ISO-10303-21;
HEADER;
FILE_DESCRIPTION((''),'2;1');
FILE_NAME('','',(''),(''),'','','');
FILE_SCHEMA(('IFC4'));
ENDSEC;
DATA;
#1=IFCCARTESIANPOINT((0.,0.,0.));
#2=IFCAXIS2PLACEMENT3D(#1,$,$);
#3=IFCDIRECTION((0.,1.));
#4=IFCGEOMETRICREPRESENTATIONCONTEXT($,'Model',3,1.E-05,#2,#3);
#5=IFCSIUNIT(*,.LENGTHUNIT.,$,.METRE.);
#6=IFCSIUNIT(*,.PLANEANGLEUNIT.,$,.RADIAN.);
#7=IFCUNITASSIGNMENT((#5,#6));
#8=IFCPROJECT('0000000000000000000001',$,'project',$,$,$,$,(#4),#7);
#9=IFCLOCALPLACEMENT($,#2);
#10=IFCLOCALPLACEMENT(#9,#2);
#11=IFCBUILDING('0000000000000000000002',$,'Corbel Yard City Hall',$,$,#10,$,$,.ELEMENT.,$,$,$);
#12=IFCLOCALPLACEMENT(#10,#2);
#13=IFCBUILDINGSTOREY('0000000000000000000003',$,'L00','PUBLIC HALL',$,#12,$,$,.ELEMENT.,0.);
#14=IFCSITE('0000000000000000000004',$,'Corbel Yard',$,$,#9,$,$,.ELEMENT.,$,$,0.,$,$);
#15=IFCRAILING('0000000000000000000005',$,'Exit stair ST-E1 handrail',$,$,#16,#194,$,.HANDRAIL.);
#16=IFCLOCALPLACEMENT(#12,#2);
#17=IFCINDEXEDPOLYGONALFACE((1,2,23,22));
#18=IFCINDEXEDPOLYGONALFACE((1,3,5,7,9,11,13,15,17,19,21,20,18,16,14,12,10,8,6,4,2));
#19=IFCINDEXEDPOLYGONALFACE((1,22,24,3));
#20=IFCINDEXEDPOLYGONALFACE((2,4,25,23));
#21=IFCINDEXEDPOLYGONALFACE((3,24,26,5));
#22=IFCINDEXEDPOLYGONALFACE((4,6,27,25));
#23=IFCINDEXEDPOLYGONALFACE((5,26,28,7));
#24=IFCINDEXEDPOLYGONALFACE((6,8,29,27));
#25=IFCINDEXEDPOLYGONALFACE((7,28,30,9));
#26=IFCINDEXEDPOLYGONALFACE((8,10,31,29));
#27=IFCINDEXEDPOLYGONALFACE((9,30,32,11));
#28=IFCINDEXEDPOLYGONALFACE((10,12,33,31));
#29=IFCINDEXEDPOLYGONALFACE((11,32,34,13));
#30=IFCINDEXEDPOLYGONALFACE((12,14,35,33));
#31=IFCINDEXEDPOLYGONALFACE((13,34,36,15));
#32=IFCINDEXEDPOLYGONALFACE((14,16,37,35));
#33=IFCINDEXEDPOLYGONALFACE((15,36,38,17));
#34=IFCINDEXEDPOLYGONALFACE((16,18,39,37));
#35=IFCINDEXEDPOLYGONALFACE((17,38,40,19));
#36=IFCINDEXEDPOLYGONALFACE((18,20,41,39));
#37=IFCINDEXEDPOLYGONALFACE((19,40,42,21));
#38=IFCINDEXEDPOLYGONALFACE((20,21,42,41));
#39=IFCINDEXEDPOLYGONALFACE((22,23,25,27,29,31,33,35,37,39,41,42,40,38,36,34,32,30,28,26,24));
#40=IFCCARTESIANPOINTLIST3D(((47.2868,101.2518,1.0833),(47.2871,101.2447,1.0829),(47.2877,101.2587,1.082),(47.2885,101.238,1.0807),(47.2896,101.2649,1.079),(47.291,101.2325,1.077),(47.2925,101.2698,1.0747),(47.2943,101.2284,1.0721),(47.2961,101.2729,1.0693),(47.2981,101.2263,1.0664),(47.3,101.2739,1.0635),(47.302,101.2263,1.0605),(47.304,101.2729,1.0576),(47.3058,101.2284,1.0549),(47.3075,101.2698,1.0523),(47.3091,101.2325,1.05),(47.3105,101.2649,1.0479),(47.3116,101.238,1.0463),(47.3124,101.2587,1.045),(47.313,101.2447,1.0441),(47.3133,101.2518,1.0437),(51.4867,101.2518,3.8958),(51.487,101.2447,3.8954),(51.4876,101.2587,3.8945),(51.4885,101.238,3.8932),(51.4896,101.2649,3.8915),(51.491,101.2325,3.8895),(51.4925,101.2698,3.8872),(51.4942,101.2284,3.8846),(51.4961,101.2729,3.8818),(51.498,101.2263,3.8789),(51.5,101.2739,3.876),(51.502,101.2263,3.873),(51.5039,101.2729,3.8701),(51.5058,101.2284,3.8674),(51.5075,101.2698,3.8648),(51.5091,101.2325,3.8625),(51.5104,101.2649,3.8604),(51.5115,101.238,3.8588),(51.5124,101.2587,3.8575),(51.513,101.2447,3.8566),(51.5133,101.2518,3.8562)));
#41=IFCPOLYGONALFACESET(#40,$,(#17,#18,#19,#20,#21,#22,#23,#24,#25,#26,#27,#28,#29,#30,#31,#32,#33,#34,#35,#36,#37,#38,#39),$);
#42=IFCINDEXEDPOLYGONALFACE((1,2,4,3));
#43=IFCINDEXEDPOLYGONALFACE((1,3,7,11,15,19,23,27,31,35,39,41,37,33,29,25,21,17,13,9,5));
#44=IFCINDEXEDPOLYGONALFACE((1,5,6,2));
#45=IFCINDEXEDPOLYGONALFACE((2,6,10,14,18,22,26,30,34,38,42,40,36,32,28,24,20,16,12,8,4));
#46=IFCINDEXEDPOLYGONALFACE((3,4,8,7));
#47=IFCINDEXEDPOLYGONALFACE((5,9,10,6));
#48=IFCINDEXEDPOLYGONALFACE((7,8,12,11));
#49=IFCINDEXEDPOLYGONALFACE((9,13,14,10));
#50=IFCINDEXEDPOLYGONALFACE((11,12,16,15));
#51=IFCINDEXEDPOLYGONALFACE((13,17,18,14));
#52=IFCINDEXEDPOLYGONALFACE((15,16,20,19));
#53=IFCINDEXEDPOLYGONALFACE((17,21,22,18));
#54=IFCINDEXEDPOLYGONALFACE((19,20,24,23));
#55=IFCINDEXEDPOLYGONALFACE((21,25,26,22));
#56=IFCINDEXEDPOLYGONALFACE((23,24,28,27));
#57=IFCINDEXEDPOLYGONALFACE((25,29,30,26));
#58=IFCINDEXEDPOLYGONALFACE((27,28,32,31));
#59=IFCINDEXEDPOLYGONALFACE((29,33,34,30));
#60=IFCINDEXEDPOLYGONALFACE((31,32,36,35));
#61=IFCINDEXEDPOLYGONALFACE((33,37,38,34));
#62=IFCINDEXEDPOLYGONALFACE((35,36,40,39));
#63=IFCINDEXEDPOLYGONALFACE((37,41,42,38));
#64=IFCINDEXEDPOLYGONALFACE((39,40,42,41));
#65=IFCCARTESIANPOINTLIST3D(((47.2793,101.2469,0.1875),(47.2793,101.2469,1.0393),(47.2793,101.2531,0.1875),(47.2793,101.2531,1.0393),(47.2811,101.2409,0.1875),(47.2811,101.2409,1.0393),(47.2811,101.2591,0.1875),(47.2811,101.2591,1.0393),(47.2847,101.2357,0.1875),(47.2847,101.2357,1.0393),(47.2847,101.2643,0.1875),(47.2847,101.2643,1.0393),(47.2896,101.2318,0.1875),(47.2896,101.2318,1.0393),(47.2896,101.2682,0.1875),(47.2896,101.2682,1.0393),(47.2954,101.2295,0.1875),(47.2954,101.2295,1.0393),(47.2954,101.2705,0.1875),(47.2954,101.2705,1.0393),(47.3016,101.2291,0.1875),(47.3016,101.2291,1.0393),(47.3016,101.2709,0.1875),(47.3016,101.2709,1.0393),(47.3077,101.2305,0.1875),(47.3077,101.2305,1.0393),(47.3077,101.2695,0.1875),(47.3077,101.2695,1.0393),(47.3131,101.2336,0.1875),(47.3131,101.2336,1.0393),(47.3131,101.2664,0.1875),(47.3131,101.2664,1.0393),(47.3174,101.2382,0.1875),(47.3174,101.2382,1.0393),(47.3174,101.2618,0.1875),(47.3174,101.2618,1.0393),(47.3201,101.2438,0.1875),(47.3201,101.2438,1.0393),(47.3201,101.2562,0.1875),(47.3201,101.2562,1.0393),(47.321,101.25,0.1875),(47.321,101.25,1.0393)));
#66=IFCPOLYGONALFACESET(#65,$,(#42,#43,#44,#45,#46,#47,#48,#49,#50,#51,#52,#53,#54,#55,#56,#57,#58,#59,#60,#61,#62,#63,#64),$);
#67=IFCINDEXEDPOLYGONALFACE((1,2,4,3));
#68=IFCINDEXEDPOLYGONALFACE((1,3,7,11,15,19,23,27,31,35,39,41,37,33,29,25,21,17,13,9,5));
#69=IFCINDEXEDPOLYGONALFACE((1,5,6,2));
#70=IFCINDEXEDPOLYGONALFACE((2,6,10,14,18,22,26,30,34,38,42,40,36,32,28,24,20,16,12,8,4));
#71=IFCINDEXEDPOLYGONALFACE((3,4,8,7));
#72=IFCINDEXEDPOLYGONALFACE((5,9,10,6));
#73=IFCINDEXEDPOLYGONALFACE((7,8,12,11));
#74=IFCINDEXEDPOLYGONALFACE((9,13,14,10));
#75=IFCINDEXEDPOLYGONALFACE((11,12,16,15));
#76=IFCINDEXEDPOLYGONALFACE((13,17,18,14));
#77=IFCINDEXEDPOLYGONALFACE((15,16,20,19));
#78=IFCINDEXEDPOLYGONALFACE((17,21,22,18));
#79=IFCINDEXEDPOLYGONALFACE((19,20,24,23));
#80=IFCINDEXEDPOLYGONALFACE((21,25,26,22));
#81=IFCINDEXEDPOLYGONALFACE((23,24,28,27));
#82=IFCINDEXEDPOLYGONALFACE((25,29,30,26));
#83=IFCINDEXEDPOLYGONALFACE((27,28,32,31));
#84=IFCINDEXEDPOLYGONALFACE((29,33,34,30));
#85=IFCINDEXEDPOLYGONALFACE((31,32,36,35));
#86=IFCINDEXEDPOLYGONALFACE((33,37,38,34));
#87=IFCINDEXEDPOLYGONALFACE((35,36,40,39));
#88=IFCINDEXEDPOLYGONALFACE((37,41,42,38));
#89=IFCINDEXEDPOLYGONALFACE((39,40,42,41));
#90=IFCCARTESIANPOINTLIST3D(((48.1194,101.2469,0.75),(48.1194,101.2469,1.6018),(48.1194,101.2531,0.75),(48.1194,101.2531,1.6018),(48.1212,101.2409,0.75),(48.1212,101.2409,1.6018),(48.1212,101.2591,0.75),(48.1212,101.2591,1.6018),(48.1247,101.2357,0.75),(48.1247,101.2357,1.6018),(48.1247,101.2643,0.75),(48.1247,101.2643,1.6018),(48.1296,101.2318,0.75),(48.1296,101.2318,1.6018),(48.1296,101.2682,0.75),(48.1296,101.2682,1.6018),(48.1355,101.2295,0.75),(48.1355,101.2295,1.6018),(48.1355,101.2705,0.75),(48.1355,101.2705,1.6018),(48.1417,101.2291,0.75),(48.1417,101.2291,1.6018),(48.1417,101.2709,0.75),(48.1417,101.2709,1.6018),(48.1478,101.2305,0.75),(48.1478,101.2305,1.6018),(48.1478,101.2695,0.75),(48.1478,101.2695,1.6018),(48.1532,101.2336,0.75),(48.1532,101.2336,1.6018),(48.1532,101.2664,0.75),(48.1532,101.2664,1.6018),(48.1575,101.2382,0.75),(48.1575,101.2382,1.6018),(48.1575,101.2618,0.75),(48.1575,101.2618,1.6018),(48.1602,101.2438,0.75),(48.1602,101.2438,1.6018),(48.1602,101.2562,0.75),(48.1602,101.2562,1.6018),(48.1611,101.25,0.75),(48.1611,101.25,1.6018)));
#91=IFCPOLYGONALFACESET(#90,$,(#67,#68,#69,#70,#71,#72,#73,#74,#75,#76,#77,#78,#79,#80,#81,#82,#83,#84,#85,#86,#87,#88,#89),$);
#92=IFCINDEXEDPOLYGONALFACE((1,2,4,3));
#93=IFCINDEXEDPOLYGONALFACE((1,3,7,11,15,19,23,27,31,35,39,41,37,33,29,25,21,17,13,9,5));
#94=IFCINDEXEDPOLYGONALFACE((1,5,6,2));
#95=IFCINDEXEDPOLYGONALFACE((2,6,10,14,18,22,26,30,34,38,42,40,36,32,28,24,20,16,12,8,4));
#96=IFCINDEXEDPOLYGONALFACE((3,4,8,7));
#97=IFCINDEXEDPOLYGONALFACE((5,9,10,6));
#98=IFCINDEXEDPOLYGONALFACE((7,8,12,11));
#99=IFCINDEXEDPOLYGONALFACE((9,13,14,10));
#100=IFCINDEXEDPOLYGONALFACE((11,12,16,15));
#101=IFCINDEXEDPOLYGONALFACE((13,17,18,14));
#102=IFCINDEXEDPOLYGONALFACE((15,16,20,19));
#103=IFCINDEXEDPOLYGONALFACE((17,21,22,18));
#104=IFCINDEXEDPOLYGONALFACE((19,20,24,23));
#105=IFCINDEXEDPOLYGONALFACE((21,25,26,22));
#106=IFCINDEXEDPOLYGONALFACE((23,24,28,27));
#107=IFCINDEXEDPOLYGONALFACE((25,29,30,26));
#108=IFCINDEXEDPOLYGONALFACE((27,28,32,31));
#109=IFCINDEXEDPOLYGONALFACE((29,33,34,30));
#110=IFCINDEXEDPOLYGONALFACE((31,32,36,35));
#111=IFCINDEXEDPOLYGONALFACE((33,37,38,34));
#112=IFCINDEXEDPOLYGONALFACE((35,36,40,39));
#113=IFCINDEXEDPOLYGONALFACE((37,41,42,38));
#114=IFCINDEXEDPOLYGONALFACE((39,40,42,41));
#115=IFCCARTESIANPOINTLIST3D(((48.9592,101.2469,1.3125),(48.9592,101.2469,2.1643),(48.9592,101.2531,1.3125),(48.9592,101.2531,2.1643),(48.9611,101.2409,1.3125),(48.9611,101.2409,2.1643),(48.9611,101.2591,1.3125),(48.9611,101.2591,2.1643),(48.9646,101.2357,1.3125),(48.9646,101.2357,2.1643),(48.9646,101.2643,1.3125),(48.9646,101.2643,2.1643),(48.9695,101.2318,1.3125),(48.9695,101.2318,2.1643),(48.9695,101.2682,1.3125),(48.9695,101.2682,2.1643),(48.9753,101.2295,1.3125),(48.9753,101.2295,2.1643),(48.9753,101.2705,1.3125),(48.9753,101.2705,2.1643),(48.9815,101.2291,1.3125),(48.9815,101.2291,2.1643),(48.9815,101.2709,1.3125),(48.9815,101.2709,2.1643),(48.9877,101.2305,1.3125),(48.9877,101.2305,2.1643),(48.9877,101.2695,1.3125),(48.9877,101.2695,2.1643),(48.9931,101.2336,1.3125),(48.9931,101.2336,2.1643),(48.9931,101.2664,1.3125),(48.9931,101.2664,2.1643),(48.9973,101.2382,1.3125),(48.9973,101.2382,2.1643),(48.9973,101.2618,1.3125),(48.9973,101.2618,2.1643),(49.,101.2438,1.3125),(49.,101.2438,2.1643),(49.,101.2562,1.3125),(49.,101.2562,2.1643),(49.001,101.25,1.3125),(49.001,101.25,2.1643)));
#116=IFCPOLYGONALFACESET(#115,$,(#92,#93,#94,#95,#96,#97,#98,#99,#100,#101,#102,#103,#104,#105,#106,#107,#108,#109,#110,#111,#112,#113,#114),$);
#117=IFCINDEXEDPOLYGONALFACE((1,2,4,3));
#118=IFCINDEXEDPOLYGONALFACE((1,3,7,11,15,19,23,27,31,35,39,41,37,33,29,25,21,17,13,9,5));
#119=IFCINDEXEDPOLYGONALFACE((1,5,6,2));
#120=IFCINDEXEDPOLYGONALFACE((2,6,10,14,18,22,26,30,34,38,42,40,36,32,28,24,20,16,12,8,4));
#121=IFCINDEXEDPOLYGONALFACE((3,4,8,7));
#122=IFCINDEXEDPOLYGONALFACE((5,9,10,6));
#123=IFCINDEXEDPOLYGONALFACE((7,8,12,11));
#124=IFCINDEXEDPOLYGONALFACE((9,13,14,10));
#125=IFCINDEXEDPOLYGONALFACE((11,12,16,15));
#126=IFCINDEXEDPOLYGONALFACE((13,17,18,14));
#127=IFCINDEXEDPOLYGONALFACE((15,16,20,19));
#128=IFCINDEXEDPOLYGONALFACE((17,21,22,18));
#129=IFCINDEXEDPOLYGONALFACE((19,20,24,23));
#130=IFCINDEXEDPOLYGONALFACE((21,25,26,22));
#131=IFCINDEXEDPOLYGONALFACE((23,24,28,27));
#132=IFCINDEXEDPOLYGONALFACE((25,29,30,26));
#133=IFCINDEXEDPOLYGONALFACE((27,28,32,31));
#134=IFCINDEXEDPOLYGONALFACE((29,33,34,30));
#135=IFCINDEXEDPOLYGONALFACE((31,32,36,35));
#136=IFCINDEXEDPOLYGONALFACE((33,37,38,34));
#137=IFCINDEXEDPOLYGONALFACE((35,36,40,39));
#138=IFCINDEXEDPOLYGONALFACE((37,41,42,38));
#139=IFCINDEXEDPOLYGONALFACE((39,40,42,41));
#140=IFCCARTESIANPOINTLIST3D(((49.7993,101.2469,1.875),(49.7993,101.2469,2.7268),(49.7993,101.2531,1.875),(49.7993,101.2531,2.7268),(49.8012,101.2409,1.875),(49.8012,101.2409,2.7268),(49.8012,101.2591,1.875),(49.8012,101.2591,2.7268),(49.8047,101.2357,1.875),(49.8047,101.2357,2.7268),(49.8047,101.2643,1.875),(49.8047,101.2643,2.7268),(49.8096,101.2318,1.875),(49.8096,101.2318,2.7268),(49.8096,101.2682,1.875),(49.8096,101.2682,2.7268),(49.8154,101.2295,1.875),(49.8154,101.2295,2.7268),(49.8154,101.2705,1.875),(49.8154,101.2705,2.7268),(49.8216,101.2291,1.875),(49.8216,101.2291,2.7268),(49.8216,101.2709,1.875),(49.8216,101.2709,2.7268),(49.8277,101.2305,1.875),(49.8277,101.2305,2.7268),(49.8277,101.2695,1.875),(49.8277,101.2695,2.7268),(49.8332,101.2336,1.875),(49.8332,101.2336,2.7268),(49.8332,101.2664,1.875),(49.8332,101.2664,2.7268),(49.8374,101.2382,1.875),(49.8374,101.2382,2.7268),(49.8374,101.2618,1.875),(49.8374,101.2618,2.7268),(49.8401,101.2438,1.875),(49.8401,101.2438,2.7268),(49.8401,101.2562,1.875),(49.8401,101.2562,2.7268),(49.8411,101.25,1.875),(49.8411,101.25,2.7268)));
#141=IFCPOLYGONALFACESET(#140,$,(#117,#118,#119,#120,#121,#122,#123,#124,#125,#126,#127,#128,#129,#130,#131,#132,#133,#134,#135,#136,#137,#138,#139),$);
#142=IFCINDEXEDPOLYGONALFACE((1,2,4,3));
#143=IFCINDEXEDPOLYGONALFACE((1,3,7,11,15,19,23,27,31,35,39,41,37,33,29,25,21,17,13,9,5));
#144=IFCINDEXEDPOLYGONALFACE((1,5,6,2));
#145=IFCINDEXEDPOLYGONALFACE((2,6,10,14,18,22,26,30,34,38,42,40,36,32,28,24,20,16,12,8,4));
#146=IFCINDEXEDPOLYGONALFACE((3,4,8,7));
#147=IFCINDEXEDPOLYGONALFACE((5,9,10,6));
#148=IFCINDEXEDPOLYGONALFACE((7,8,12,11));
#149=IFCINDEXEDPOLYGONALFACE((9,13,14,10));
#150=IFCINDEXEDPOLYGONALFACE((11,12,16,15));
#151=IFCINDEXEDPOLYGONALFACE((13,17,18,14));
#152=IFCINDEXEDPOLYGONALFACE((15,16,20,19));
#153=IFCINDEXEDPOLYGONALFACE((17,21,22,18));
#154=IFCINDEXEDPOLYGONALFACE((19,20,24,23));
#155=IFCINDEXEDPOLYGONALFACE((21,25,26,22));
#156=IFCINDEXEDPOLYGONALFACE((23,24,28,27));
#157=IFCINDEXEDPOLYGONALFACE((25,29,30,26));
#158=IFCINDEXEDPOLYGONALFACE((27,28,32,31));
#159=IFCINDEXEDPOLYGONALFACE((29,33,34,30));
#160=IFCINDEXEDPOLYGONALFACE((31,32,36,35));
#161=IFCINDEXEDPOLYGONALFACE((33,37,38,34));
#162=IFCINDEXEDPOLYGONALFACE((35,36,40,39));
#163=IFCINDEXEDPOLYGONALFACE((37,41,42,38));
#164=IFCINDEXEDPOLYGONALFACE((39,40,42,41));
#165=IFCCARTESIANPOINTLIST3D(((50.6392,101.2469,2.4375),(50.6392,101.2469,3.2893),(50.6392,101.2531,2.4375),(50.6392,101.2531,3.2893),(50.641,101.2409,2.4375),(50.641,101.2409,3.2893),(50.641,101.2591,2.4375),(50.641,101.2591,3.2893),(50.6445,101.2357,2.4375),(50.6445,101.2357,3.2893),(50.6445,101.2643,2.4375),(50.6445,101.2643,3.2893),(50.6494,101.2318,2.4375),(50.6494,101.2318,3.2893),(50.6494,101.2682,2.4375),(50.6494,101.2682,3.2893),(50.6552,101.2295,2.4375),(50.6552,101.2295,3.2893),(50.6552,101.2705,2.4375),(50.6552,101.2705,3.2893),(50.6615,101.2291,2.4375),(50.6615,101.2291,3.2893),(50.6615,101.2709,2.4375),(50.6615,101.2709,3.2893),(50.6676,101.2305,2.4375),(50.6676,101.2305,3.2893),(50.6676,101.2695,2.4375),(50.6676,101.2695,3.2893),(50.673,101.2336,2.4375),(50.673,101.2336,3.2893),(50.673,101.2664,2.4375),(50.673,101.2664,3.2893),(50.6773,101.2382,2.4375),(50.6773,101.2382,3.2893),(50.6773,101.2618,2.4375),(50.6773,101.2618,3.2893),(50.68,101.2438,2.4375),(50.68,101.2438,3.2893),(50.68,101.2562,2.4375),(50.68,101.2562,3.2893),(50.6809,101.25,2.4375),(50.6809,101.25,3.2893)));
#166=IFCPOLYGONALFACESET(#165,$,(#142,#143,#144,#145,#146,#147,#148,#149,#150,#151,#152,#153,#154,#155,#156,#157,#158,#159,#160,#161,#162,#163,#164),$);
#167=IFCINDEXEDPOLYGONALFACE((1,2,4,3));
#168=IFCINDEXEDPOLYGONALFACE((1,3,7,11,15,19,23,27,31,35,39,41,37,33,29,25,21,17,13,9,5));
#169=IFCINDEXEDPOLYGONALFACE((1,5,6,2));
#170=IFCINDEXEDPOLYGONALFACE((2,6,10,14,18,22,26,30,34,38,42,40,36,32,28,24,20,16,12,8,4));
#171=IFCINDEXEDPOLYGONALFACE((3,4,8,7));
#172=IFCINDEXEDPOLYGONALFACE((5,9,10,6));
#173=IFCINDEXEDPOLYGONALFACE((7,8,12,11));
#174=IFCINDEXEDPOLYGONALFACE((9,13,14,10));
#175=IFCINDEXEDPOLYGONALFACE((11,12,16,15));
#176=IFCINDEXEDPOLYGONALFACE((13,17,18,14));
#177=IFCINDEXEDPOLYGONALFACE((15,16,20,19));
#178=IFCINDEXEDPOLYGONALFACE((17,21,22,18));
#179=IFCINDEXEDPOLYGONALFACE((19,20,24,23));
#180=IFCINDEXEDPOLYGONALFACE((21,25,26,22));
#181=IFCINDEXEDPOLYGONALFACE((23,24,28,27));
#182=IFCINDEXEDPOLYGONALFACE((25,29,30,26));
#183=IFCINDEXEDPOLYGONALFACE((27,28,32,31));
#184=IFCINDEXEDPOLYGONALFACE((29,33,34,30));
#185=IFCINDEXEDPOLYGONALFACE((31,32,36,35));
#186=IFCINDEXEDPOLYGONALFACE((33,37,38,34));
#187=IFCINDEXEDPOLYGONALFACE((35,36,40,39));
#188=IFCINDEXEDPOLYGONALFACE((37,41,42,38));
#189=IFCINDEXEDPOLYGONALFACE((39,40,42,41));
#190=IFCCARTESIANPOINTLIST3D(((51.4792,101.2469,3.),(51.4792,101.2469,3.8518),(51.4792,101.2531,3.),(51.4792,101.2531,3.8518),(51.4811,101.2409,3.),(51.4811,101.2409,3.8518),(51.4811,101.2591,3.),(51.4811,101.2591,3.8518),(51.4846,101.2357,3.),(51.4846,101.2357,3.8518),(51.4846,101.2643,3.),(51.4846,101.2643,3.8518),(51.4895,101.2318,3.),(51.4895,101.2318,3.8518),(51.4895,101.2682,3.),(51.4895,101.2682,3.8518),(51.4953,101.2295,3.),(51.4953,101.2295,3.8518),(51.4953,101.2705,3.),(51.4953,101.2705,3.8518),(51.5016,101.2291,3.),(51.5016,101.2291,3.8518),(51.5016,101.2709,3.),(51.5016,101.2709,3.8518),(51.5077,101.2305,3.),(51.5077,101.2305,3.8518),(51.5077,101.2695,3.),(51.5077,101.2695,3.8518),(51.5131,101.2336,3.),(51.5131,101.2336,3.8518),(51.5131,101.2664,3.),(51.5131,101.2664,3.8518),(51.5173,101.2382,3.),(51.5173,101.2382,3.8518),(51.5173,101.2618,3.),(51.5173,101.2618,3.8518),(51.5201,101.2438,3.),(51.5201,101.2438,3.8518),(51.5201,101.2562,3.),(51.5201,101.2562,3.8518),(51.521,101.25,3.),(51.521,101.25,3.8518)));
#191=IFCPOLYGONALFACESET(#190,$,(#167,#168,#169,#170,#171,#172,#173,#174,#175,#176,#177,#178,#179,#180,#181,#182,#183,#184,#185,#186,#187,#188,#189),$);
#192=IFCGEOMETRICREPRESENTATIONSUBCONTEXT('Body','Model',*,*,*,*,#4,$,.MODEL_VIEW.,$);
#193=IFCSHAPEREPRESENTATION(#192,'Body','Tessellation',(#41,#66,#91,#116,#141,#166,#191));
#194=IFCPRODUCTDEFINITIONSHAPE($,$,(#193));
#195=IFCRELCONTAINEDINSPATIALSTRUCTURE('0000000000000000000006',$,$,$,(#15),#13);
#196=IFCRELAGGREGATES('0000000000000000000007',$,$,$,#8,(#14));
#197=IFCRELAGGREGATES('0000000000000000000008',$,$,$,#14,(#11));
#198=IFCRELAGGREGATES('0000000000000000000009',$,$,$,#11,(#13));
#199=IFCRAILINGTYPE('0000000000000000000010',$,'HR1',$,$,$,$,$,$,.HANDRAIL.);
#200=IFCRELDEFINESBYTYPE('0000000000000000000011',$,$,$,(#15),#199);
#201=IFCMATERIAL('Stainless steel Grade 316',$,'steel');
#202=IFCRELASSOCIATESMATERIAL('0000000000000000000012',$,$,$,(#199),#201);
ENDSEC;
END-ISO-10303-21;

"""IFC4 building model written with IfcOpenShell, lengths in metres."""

from ifc_helpers import new_model, si_unit, direction, frame, origin, origin_2d, place, context, subcontext, project, spatial, circle, extrude, material, type_object, element, save


model = new_model("IFC4")

# Units and contexts
model_context = context("Model", 3, precision=1e-05, world=origin(), true_north=direction((0.0, 1.0)))
body_context = subcontext(model_context, "Body", "Model", "MODEL_VIEW")
ifc_project = project(units=[si_unit("LENGTHUNIT", "METRE"), si_unit("PLANEANGLEUNIT", "RADIAN")], contexts=[model_context])

# Site, building, storey
site_placement = place(None, origin())
site = spatial("IfcSite", under=ifc_project, at=site_placement, Name="Corbel Yard", CompositionType="ELEMENT", RefElevation=0.0)
building_placement = place(site_placement, origin())
building = spatial("IfcBuilding", under=site, at=building_placement, Name="Corbel Yard City Hall", CompositionType="ELEMENT")
storey_placement = place(building_placement, origin())
storey = spatial("IfcBuildingStorey", under=building, at=storey_placement, Name="L00", Description="PUBLIC HALL", CompositionType="ELEMENT", Elevation=0.0)

# Shared definitions
ifc_material_1 = material(Name="Stainless steel Grade 316", Category="steel")

# Railing
railing_type = type_object("IfcRailingType", Name="HR1", PredefinedType="HANDRAIL", material=ifc_material_1)
railing_placement = place(storey_placement, frame((47.3, 101.25, 0.1875)))
element("IfcRailing", 1, at=railing_placement, inside=storey, type_object=railing_type, Name="Exit stair ST-E1 handrail", PredefinedType="HANDRAIL", context=body_context, shape_type="SweptSolid", body=[
    extrude(circle(Radius=0.0239, at=origin_2d()), frame((0.0, 0.0, 0.876), z_axis=(0.830904, 0.0, 0.556416), x_axis=(0.0, 1.0, 0.0)), (0.0, 0.0, 1.0), 5.0547),
    extrude(circle(Radius=0.021, at=origin_2d()), origin(), (0.0, 0.0, 1.0), 0.8518),
    extrude(circle(Radius=0.021, at=origin_2d()), frame((0.8401, 0.0, 0.5625)), (0.0, 0.0, 1.0), 0.8518),
    extrude(circle(Radius=0.021, at=origin_2d()), frame((1.6799, 0.0, 1.125)), (0.0, 0.0, 1.0), 0.8518),
    extrude(circle(Radius=0.021, at=origin_2d()), frame((2.52, 0.0, 1.6875)), (0.0, 0.0, 1.0), 0.8518),
    extrude(circle(Radius=0.021, at=origin_2d()), frame((3.3599, 0.0, 2.25)), (0.0, 0.0, 1.0), 0.8518),
    extrude(circle(Radius=0.021, at=origin_2d()), frame((4.2, 0.0, 2.8125)), (0.0, 0.0, 1.0), 0.8518),
])

save(model, "model.ifc")
